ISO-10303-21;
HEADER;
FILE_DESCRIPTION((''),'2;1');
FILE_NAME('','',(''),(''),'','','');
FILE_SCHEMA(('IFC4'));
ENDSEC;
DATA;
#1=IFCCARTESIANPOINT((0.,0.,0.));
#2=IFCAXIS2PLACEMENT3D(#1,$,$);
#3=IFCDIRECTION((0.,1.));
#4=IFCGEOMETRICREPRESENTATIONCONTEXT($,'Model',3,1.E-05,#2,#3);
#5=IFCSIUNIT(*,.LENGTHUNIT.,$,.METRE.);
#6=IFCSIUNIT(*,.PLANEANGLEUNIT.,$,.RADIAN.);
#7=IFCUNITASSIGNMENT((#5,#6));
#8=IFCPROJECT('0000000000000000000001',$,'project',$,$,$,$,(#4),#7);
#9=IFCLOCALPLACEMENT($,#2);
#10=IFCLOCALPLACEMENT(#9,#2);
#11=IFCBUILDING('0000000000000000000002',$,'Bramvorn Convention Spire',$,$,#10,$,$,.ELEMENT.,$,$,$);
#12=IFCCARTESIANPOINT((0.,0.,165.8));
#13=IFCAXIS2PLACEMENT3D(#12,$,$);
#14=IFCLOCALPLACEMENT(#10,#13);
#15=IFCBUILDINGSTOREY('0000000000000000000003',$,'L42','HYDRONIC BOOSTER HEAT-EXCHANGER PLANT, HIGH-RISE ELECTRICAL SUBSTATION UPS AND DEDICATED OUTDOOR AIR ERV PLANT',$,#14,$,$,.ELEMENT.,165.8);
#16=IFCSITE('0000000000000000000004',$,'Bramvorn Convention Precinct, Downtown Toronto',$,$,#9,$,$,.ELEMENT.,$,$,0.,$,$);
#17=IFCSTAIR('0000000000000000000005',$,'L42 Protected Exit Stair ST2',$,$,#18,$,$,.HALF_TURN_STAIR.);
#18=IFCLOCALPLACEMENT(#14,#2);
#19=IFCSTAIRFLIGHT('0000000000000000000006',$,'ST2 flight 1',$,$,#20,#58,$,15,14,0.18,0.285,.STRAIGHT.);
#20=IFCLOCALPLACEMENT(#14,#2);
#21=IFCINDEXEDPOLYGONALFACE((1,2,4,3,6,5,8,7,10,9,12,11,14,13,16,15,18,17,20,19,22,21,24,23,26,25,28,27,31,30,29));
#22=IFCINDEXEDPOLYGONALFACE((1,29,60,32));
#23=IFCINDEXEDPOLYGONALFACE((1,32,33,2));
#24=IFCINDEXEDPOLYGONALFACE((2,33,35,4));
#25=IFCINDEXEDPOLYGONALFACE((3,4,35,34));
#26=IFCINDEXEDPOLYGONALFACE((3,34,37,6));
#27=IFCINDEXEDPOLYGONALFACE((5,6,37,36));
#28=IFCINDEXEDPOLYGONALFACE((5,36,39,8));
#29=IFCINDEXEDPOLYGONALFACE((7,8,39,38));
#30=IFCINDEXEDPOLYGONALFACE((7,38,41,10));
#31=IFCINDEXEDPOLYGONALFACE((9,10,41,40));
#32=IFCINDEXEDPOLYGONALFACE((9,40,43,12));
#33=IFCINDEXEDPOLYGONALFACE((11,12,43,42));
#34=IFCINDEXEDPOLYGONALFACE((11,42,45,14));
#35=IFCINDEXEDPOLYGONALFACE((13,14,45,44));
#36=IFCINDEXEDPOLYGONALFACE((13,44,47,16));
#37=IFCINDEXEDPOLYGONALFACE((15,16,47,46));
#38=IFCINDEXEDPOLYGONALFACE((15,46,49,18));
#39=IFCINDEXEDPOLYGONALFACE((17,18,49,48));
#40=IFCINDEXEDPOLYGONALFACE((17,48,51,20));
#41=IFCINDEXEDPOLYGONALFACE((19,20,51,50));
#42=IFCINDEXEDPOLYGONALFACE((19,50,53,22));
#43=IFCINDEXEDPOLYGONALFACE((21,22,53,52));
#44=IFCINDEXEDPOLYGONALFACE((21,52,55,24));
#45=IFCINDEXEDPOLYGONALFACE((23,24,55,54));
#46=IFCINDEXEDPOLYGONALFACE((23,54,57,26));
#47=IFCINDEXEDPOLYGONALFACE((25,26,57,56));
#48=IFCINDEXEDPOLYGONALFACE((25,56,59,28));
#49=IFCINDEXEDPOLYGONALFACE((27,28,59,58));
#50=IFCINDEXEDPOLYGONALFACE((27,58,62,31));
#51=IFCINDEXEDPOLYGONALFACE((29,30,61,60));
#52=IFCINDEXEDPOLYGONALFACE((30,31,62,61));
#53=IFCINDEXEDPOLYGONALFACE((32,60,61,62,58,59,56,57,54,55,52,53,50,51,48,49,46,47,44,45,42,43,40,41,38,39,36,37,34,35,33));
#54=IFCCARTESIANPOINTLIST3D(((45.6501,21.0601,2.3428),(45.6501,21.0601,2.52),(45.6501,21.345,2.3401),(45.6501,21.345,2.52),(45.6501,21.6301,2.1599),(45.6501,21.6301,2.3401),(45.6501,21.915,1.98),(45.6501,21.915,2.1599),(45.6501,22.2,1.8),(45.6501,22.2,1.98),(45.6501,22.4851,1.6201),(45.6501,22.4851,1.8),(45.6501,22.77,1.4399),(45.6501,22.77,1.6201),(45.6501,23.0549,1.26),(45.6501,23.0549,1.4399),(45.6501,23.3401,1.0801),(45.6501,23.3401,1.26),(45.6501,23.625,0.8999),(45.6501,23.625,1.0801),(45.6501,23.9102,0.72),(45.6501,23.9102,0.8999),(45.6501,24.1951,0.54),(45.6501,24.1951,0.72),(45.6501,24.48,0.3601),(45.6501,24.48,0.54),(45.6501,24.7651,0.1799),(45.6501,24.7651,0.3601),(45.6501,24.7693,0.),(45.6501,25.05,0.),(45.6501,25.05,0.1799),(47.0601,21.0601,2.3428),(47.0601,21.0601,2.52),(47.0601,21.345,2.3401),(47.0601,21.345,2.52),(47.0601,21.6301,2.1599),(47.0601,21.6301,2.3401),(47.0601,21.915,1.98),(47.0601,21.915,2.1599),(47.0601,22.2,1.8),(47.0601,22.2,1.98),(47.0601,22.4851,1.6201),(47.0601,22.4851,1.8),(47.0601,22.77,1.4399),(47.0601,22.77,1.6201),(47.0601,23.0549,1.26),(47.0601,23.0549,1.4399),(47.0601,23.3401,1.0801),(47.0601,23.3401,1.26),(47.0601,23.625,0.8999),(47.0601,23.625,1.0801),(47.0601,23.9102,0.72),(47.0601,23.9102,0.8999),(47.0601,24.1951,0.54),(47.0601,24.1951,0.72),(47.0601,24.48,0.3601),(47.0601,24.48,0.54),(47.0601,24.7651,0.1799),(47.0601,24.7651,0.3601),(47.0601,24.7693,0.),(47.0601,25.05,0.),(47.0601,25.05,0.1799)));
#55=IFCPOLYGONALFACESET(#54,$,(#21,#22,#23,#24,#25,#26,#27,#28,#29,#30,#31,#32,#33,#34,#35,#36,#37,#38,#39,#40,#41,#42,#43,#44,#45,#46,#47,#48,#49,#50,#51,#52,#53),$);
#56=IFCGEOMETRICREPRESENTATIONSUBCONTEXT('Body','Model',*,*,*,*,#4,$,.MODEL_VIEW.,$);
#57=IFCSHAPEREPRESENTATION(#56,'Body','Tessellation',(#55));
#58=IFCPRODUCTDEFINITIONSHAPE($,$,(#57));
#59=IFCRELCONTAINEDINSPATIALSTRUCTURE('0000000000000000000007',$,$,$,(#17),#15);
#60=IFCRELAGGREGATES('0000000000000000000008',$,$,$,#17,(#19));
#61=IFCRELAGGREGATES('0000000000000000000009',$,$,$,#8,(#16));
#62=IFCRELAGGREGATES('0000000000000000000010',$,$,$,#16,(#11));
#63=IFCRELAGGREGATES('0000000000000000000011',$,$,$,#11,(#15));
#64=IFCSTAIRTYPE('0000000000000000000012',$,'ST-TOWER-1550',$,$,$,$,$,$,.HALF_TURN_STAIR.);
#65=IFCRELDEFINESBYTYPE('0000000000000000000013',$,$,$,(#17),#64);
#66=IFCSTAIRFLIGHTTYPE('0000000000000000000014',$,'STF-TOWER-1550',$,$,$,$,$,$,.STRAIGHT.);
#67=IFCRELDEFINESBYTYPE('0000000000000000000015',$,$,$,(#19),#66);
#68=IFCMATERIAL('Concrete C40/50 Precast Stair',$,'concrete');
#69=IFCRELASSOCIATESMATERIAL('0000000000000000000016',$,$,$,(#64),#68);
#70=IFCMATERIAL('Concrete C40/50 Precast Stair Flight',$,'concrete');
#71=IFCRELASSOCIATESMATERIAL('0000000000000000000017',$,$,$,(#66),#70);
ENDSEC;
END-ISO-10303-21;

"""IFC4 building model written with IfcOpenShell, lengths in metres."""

from ifc_helpers import new_model, si_unit, direction, frame, origin, place, context, subcontext, project, spatial, polyline, outline, extrude, material, type_object, element, aggregate, save


model = new_model("IFC4")

# Units and contexts
model_context = context("Model", 3, precision=1e-05, world=origin(), true_north=direction((0.0, 1.0)))
body_context = subcontext(model_context, "Body", "Model", "MODEL_VIEW")
ifc_project = project(units=[si_unit("LENGTHUNIT", "METRE"), si_unit("PLANEANGLEUNIT", "RADIAN")], contexts=[model_context])

# Site, building, storey
site_placement = place(None, origin())
site = spatial("IfcSite", under=ifc_project, at=site_placement, Name="Bramvorn Convention Precinct, Downtown Toronto", CompositionType="ELEMENT", RefElevation=0.0)
building_placement = place(site_placement, origin())
building = spatial("IfcBuilding", under=site, at=building_placement, Name="Bramvorn Convention Spire", CompositionType="ELEMENT")
storey_placement = place(building_placement, frame((0.0, 0.0, 165.8)))
storey = spatial("IfcBuildingStorey", under=building, at=storey_placement, Name="L42", Description="HYDRONIC BOOSTER HEAT-EXCHANGER PLANT, HIGH-RISE ELECTRICAL SUBSTATION UPS AND DEDICATED OUTDOOR AIR ERV PLANT", CompositionType="ELEMENT", Elevation=165.8)

# Stair, stair flight
ifc_material_1 = material(Name="Concrete C40/50 Precast Stair", Category="concrete")
stair_type = type_object("IfcStairType", Name="ST-TOWER-1550", PredefinedType="HALF_TURN_STAIR", material=ifc_material_1)
stair_placement = place(storey_placement, origin())
stair = element("IfcStair", 1, at=stair_placement, inside=storey, type_object=stair_type, Name="L42 Protected Exit Stair ST2", PredefinedType="HALF_TURN_STAIR")
ifc_material_2 = material(Name="Concrete C40/50 Precast Stair Flight", Category="concrete")
stair_flight_type = type_object("IfcStairFlightType", Name="STF-TOWER-1550", PredefinedType="STRAIGHT", material=ifc_material_2)
stair_flight_placement = place(storey_placement, frame((46.355, 25.05, 0.0), z_axis=(0.0, 0.0, 1.0), x_axis=(0.0, -1.0, 0.0)))
stair_flight = element("IfcStairFlight", 2, at=stair_flight_placement, type_object=stair_flight_type, Name="ST2 flight 1", NumberOfRisers=15, NumberOfTreads=14, PredefinedType="STRAIGHT", RiserHeight=0.18, TreadLength=0.285, context=body_context, shape_type="SweptSolid", body=[
    extrude(outline(polyline([(0.0, 0.0), (0.0, 0.1799), (0.2849, 0.1799), (0.2849, 0.3601), (0.5701, 0.3601), (0.5701, 0.54), (0.855, 0.54), (0.855, 0.72), (1.1399, 0.72), (1.1399, 0.8999), (1.425, 0.8999), (1.425, 1.0801), (1.71, 1.0801), (1.71, 1.26), (1.9951, 1.26), (1.9951, 1.4399), (2.28, 1.4399), (2.28, 1.6201), (2.5649, 1.6201), (2.5649, 1.8), (2.8501, 1.8), (2.8501, 1.98), (3.135, 1.98), (3.135, 2.1599), (3.4199, 2.1599), (3.4199, 2.3401), (3.7051, 2.3401), (3.7051, 2.52), (3.99, 2.52), (3.99, 2.7), (3.99, 2.3428), (0.2808, 0.0), (0.0, 0.0)])), frame((0.0, 0.7051, 0.0), z_axis=(0.0, -1.0, 0.0), x_axis=(1.0, 0.0, 0.0)), (0.0, 0.0, 1.0), 1.4099),
])
aggregate(stair, [stair_flight])

save(model, "model.ifc")
